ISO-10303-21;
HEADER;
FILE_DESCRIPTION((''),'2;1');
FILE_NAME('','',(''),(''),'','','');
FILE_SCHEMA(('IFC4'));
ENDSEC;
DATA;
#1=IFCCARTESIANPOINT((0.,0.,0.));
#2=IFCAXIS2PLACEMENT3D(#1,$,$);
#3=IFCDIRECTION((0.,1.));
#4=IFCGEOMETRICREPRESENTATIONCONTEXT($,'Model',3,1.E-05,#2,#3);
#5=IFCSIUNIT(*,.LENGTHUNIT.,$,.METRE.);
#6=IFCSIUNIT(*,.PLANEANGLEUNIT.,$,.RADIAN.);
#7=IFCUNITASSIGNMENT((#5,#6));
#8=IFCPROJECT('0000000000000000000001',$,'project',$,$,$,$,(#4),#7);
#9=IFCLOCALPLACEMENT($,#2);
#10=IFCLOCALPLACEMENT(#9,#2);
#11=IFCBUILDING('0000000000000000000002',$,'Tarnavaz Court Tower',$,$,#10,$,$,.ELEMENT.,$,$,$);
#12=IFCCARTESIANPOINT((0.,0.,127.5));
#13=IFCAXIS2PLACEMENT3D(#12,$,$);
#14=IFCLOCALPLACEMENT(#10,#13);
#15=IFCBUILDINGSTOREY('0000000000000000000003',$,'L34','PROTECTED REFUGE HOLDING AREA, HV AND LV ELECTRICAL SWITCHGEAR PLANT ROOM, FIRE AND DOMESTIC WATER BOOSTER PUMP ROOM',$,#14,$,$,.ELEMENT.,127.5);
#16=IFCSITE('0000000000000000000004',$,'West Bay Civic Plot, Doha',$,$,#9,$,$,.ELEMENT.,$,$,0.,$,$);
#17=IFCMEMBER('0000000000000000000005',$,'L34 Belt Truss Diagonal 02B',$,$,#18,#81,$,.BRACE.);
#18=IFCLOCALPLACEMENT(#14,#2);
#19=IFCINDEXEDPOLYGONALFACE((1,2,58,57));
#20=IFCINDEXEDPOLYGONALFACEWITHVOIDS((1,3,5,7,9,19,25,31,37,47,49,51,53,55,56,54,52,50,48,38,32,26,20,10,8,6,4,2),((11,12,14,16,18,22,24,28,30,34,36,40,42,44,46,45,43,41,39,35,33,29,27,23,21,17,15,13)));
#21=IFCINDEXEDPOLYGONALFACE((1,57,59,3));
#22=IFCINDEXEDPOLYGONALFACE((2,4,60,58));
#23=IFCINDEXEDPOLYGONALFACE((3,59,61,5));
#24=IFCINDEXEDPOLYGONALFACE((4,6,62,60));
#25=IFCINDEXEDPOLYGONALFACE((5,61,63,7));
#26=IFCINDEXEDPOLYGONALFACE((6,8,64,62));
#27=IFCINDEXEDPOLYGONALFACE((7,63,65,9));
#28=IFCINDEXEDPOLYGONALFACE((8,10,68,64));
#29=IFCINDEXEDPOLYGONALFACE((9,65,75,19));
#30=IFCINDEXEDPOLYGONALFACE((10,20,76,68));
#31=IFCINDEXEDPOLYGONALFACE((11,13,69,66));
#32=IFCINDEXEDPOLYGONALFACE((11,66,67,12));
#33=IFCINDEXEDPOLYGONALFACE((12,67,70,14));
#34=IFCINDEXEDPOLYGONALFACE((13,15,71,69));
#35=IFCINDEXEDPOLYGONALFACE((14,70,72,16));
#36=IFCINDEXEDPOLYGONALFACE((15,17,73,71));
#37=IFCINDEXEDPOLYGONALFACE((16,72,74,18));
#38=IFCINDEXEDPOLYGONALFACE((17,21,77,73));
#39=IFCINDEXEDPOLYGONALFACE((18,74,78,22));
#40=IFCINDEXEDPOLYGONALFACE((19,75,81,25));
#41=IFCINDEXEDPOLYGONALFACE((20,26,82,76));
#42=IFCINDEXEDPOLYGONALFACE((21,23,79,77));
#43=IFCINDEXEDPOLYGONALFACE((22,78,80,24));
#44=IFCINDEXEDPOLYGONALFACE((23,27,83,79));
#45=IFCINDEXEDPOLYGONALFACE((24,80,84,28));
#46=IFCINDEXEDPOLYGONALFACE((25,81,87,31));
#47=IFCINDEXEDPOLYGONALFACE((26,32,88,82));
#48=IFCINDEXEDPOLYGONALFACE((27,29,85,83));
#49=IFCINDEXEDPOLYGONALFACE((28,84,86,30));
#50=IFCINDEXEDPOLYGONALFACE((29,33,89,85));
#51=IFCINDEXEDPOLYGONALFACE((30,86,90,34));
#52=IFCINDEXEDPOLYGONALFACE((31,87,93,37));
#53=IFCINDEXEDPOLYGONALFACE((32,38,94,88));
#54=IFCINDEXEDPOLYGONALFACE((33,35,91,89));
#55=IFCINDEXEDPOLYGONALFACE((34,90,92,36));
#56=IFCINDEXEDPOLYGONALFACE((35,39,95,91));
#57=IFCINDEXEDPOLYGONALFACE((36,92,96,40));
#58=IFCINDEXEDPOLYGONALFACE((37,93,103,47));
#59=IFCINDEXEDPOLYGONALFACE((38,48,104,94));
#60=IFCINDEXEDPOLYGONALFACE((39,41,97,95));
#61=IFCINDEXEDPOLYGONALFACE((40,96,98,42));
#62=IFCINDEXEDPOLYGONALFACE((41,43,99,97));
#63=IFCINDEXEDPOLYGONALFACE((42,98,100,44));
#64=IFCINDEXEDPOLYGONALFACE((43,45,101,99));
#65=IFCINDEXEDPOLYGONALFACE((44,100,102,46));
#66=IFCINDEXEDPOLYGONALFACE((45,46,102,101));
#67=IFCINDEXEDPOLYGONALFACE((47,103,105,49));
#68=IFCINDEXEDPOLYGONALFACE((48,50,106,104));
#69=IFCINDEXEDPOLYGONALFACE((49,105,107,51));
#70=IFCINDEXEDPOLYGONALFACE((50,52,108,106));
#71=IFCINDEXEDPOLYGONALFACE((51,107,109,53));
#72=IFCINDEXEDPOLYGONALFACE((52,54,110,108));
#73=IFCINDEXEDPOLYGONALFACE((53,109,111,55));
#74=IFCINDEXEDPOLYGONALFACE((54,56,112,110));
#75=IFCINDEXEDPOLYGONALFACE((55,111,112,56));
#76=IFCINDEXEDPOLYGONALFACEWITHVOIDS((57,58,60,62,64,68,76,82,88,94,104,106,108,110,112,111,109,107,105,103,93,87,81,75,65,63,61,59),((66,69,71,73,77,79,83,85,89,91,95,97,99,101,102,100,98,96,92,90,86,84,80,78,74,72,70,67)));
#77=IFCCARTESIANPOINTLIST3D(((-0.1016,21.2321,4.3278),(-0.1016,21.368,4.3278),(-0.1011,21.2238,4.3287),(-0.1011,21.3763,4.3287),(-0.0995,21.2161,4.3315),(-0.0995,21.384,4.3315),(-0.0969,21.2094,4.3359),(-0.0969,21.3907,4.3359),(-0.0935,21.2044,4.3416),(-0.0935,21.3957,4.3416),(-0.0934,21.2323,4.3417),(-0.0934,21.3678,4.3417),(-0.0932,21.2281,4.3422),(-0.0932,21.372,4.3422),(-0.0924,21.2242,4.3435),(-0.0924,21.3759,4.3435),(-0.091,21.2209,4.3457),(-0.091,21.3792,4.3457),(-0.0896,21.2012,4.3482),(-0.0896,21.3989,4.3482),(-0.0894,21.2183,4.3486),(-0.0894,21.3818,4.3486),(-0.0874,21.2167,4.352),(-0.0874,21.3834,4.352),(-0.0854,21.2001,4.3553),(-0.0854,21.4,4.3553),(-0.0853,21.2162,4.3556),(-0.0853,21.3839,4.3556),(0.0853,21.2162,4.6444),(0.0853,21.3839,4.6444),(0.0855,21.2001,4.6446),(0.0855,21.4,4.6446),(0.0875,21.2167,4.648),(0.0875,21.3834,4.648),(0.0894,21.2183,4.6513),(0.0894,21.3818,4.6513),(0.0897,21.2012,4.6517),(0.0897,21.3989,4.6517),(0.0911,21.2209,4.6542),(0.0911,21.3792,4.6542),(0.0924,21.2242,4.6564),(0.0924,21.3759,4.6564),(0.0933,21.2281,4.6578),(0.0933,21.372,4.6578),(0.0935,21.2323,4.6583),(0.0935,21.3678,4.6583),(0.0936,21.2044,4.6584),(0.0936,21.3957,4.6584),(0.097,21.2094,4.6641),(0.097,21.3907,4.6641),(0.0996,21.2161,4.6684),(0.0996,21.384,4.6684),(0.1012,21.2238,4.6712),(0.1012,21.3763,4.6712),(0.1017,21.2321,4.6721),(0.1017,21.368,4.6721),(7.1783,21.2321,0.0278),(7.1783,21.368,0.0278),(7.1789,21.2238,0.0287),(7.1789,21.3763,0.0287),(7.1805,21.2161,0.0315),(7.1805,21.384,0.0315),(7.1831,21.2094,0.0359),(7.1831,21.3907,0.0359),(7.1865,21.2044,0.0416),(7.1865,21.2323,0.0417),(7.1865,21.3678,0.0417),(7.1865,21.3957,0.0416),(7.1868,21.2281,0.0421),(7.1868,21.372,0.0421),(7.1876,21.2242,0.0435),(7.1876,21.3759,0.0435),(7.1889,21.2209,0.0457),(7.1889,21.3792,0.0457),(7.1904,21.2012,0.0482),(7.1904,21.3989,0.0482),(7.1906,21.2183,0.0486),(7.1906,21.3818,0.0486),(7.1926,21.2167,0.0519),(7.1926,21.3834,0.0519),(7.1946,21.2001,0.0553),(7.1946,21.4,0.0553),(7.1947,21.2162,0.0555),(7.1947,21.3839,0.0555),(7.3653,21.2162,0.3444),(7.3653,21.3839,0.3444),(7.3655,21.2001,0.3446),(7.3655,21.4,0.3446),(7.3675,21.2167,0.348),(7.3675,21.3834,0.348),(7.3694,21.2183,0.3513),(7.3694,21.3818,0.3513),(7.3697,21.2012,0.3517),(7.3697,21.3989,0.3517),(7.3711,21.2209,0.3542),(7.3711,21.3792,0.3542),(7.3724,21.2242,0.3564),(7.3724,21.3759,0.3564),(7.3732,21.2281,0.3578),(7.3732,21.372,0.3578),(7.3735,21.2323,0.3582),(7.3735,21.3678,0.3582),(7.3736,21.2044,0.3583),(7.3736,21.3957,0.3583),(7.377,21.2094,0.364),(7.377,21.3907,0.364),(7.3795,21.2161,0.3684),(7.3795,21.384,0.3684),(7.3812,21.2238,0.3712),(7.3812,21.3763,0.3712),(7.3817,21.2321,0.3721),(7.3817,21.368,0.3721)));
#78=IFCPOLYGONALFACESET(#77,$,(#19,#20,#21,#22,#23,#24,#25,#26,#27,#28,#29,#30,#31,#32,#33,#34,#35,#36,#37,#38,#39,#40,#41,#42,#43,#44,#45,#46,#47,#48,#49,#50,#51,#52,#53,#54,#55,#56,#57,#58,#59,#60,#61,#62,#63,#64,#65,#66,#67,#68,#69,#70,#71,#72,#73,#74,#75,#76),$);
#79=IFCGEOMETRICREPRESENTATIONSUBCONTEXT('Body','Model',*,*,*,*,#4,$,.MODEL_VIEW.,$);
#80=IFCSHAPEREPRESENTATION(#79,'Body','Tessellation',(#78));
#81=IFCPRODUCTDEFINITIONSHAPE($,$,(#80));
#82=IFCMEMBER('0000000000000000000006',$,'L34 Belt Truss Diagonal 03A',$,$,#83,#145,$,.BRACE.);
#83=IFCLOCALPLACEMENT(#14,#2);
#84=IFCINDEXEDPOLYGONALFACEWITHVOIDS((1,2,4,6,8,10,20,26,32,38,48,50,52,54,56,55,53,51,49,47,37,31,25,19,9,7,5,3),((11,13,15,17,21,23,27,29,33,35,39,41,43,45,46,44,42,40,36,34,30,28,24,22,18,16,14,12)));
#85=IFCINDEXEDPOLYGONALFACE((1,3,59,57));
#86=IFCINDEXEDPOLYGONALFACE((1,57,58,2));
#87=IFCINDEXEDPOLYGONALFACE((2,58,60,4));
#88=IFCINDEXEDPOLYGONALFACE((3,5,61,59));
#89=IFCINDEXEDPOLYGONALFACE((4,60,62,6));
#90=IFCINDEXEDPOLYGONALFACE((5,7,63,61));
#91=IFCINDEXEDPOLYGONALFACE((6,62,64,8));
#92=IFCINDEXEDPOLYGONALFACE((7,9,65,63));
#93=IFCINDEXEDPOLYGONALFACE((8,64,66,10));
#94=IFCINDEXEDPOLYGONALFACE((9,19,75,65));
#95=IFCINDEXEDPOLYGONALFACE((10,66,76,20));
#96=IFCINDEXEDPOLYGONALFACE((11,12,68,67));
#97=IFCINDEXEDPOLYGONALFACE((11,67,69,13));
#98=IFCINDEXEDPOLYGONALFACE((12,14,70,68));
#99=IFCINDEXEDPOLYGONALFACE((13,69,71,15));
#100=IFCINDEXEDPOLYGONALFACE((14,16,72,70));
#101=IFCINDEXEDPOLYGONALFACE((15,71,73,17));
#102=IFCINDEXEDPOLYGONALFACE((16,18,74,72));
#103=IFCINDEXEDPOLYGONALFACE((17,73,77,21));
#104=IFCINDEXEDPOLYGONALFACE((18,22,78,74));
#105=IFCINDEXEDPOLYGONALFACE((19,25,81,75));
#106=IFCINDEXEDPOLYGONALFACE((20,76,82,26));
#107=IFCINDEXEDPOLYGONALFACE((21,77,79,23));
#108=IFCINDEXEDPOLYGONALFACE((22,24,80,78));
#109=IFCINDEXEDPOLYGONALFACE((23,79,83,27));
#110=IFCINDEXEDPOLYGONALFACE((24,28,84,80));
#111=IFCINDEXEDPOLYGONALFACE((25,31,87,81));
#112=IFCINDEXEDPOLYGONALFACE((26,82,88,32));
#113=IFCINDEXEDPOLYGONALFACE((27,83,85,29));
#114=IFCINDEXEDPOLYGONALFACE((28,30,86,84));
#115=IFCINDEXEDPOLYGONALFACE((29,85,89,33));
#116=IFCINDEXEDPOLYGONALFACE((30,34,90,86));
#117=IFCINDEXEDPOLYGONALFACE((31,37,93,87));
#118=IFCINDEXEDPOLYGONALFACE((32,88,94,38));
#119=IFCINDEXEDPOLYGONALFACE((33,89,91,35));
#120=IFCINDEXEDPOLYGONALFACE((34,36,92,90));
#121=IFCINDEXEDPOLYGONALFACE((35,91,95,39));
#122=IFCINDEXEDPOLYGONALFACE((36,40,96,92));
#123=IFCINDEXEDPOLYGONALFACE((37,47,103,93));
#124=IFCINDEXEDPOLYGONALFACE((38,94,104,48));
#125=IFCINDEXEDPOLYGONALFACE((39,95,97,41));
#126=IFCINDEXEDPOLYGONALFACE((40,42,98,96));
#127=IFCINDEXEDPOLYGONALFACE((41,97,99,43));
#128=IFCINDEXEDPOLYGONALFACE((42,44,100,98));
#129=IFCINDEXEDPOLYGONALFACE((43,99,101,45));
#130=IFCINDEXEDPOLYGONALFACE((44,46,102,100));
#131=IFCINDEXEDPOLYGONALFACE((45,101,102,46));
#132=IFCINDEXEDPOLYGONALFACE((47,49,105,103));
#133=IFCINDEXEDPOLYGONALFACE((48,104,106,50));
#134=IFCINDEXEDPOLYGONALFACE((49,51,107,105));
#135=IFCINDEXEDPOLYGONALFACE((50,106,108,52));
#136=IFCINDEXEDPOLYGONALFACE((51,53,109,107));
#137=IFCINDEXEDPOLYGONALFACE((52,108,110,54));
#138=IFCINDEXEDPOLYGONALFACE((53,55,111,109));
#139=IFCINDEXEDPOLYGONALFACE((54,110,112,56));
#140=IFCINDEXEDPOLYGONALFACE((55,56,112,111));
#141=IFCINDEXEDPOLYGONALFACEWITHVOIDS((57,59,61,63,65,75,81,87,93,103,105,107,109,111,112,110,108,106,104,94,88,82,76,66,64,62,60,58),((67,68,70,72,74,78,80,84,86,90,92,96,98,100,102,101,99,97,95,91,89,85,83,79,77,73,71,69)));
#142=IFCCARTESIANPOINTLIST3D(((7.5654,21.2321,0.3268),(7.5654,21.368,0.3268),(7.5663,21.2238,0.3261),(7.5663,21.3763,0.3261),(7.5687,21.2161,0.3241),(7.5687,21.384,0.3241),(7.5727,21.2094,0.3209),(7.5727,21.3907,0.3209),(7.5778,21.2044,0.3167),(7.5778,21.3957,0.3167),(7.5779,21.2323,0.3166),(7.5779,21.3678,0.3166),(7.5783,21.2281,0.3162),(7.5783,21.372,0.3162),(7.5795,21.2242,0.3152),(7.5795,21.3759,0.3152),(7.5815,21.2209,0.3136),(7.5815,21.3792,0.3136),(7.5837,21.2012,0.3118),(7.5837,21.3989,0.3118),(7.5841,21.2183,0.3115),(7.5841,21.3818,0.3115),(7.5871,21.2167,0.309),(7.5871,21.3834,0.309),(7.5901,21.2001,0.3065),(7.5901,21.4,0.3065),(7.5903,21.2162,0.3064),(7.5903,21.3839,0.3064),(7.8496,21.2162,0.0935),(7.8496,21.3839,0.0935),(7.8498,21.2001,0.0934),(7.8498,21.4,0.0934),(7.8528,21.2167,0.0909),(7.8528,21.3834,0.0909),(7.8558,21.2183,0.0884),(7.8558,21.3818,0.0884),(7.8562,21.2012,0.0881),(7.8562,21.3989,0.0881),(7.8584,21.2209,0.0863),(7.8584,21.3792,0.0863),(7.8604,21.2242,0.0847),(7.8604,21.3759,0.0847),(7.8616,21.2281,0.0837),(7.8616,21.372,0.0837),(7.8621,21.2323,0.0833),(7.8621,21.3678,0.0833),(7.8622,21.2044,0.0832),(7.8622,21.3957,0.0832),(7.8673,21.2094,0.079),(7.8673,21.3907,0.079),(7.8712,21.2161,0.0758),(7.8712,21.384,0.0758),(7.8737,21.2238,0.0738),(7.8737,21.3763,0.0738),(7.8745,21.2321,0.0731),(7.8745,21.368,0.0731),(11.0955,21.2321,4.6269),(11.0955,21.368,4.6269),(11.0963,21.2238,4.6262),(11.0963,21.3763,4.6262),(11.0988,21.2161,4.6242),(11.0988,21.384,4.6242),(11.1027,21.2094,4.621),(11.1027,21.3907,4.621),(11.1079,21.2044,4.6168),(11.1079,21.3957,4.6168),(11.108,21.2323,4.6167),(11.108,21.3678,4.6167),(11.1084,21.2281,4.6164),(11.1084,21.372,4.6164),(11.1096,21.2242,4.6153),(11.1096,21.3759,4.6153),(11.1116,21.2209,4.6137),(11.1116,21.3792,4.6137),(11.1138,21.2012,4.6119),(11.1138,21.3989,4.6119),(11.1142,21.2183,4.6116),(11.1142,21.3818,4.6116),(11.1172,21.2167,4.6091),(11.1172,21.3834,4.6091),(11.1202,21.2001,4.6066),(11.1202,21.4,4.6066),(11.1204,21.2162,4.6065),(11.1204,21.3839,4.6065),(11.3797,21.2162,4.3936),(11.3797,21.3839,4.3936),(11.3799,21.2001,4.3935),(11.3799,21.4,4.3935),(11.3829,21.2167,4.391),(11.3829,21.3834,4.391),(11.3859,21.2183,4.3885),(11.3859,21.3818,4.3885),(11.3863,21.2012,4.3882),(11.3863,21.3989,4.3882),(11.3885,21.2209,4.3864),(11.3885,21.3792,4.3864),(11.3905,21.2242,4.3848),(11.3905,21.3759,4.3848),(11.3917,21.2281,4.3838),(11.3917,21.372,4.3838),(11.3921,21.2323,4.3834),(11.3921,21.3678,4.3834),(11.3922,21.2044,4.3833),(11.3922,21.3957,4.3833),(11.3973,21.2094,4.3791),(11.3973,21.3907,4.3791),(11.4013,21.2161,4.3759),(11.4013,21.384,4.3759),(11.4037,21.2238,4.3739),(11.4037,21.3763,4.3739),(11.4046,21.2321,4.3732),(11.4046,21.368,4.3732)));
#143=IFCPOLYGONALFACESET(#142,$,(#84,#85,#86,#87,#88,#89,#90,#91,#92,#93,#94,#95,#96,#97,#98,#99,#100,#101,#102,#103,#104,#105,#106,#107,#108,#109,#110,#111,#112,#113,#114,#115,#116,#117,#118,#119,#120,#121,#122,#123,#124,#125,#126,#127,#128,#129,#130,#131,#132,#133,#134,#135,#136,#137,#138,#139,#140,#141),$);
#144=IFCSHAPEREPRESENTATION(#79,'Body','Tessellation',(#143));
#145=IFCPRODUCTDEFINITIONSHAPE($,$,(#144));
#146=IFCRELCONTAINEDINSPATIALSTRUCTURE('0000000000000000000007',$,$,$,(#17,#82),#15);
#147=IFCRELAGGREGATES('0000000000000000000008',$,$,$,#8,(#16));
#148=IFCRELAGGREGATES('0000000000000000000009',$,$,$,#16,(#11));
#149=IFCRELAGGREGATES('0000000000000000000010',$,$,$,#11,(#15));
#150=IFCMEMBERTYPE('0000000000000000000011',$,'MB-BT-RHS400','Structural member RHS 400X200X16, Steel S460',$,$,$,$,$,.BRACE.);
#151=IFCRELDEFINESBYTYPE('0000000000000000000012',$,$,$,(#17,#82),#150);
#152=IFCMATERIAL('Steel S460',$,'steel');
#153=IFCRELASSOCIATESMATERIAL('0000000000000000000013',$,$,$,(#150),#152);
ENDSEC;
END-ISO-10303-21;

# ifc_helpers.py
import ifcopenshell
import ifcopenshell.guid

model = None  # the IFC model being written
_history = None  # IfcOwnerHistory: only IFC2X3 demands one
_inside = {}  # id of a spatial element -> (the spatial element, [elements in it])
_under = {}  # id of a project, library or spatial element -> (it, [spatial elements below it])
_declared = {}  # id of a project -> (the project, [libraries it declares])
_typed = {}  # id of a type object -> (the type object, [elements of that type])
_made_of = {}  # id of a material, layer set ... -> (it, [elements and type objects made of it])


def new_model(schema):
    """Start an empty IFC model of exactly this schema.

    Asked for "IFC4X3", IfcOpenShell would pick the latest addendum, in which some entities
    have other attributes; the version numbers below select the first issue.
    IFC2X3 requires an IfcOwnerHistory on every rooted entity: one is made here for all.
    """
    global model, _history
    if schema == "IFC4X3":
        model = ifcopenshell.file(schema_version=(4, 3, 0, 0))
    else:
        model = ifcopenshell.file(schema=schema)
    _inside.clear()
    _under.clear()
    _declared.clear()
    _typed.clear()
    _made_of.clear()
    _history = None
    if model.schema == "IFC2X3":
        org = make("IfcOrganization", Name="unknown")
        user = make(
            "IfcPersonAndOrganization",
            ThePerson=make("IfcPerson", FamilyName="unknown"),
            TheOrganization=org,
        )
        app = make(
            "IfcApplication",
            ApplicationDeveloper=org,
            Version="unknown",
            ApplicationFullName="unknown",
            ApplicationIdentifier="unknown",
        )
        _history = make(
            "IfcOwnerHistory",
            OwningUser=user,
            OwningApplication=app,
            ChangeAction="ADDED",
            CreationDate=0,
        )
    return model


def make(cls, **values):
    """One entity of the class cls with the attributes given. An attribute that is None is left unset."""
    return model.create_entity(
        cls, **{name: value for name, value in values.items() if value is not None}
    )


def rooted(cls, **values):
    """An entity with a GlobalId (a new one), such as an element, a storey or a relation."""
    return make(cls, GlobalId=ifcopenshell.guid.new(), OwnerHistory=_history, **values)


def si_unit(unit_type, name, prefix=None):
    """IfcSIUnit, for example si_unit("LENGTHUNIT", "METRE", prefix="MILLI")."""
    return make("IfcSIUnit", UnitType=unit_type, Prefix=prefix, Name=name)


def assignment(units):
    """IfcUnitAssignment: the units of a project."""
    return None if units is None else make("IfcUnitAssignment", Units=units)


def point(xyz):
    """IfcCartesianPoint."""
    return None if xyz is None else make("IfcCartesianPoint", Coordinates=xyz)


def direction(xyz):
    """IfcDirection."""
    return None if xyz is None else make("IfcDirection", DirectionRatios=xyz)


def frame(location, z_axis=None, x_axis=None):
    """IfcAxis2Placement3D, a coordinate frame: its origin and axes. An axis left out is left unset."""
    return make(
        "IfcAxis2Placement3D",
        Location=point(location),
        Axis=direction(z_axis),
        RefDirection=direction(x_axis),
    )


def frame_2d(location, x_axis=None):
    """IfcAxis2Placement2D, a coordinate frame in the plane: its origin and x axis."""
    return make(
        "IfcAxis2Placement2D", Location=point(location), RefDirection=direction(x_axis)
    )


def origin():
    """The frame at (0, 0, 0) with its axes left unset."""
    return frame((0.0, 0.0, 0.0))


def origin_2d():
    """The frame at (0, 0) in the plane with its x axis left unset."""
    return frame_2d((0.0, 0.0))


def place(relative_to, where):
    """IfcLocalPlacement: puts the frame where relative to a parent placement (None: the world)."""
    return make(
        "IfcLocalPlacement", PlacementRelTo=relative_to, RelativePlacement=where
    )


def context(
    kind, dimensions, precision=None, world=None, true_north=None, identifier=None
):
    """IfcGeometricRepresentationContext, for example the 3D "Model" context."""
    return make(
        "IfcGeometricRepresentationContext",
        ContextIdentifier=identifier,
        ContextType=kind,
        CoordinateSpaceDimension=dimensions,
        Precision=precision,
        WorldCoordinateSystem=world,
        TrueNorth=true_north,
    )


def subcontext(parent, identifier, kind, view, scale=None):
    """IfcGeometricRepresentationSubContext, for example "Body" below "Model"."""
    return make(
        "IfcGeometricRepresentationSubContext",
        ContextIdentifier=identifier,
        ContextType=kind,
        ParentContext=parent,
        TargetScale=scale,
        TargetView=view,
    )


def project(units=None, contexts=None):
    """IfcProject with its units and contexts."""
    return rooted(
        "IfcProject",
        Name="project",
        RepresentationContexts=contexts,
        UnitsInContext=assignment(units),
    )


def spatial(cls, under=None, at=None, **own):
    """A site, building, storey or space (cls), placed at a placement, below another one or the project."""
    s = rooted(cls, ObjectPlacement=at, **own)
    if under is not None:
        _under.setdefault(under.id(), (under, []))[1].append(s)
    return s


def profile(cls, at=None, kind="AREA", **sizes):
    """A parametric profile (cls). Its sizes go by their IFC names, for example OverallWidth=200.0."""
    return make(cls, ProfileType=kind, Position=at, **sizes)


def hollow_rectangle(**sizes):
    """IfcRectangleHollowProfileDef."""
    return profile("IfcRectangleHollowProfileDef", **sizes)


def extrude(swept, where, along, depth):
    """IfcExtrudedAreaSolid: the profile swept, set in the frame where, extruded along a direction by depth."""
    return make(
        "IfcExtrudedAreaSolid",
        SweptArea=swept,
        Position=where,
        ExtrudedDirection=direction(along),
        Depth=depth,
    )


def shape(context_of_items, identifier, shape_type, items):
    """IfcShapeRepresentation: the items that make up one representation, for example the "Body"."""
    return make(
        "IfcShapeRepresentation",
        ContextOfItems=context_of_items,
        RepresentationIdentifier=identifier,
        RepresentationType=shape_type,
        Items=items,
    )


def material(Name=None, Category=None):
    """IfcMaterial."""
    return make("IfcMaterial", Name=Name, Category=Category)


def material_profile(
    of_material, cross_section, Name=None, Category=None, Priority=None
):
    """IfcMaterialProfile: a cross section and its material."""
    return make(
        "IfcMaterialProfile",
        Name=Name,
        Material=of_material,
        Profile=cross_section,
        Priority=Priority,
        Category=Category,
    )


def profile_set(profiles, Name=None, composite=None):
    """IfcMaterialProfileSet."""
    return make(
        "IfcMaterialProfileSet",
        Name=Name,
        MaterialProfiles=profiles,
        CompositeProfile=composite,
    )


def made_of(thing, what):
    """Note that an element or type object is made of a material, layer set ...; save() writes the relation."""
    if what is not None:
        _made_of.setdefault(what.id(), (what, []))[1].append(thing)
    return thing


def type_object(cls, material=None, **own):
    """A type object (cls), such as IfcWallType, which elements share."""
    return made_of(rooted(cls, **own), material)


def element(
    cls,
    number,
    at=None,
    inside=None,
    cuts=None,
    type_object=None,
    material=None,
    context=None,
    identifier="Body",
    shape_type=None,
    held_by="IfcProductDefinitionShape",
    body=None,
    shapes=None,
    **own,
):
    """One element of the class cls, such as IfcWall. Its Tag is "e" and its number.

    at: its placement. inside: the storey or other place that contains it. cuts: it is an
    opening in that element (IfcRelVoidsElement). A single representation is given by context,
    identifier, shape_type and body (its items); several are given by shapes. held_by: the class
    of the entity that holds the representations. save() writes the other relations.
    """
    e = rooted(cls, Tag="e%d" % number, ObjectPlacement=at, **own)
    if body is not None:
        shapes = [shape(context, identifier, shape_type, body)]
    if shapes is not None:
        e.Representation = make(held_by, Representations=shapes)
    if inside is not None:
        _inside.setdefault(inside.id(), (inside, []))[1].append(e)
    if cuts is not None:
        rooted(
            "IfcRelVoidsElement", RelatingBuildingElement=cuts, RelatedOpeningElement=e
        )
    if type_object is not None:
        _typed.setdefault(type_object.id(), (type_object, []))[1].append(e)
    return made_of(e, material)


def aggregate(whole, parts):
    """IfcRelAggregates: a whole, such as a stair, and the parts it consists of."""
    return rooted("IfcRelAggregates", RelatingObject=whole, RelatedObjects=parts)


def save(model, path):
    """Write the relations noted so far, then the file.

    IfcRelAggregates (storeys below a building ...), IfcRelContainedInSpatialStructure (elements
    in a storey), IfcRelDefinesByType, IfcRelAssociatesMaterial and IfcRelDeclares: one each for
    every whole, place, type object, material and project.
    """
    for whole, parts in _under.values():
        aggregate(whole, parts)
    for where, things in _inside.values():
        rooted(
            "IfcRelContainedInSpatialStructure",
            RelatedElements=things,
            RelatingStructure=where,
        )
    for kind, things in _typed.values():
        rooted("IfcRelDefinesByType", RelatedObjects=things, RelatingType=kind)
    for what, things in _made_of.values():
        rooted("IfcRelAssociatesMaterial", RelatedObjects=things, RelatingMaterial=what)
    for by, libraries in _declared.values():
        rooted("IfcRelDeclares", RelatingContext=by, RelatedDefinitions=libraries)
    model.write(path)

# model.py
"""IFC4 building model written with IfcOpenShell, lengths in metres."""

from ifc_helpers import new_model, si_unit, direction, frame, origin, origin_2d, place, context, subcontext, project, spatial, hollow_rectangle, extrude, material, material_profile, profile_set, type_object, element, save


model = new_model("IFC4")

# Units and contexts
model_context = context("Model", 3, precision=1e-05, world=origin(), true_north=direction((0.0, 1.0)))
body_context = subcontext(model_context, "Body", "Model", "MODEL_VIEW")
ifc_project = project(units=[si_unit("LENGTHUNIT", "METRE"), si_unit("PLANEANGLEUNIT", "RADIAN")], contexts=[model_context])

# Site, building, storey
site_placement = place(None, origin())
site = spatial("IfcSite", under=ifc_project, at=site_placement, Name="West Bay Civic Plot, Doha", CompositionType="ELEMENT", RefElevation=0.0)
building_placement = place(site_placement, origin())
building = spatial("IfcBuilding", under=site, at=building_placement, Name="Tarnavaz Court Tower", CompositionType="ELEMENT")
storey_placement = place(building_placement, frame((0.0, 0.0, 127.5)))
storey = spatial("IfcBuildingStorey", under=building, at=storey_placement, Name="L34", Description="PROTECTED REFUGE HOLDING AREA, HV AND LV ELECTRICAL SWITCHGEAR PLANT ROOM, FIRE AND DOMESTIC WATER BOOSTER PUMP ROOM", CompositionType="ELEMENT", Elevation=127.5)

# Shared definitions
ifc_material_1 = material(Name="Steel S460", Category="steel")

# Members
ifc_material_profile_1 = material_profile(ifc_material_1, hollow_rectangle(XDim=0.2, YDim=0.3999, WallThickness=0.0161, InnerFilletRadius=0.0161, OuterFilletRadius=0.032, at=origin_2d()), Name="RHS 400X200X16")
ifc_profile_set_1 = profile_set([ifc_material_profile_1], Name="Steel S460")
member_type_1 = type_object("IfcMemberType", Name="MB-BT-RHS400", Description="Structural member RHS 400X200X16, Steel S460", PredefinedType="BRACE", material=ifc_profile_set_1)
member_1_placement = place(storey_placement, frame((7.28, 21.3, 0.2), z_axis=(-0.861019, 0.0, 0.508573), x_axis=(0.0, -1.0, 0.0)))
element("IfcMember", 1, at=member_1_placement, inside=storey, type_object=member_type_1, Name="L34 Belt Truss Diagonal 02B", PredefinedType="BRACE", context=body_context, shape_type="SweptSolid", body=[
    extrude(hollow_rectangle(XDim=0.2, YDim=0.3999, WallThickness=0.0161, InnerFilletRadius=0.0161, OuterFilletRadius=0.032, at=origin_2d()), origin(), (0.0, 0.0, 1.0), 8.4551),
])
member_2_placement = place(storey_placement, frame((7.72, 21.3, 0.2), z_axis=(0.634508, 0.0, 0.772916), x_axis=(0.0, 1.0, 0.0)))
element("IfcMember", 2, at=member_2_placement, inside=storey, type_object=member_type_1, Name="L34 Belt Truss Diagonal 03A", PredefinedType="BRACE", context=body_context, shape_type="SweptSolid", body=[
    extrude(hollow_rectangle(XDim=0.2, YDim=0.3999, WallThickness=0.0161, InnerFilletRadius=0.0161, OuterFilletRadius=0.032, at=origin_2d()), origin(), (0.0, 0.0, 1.0), 5.5635),
])

save(model, "model.ifc")
